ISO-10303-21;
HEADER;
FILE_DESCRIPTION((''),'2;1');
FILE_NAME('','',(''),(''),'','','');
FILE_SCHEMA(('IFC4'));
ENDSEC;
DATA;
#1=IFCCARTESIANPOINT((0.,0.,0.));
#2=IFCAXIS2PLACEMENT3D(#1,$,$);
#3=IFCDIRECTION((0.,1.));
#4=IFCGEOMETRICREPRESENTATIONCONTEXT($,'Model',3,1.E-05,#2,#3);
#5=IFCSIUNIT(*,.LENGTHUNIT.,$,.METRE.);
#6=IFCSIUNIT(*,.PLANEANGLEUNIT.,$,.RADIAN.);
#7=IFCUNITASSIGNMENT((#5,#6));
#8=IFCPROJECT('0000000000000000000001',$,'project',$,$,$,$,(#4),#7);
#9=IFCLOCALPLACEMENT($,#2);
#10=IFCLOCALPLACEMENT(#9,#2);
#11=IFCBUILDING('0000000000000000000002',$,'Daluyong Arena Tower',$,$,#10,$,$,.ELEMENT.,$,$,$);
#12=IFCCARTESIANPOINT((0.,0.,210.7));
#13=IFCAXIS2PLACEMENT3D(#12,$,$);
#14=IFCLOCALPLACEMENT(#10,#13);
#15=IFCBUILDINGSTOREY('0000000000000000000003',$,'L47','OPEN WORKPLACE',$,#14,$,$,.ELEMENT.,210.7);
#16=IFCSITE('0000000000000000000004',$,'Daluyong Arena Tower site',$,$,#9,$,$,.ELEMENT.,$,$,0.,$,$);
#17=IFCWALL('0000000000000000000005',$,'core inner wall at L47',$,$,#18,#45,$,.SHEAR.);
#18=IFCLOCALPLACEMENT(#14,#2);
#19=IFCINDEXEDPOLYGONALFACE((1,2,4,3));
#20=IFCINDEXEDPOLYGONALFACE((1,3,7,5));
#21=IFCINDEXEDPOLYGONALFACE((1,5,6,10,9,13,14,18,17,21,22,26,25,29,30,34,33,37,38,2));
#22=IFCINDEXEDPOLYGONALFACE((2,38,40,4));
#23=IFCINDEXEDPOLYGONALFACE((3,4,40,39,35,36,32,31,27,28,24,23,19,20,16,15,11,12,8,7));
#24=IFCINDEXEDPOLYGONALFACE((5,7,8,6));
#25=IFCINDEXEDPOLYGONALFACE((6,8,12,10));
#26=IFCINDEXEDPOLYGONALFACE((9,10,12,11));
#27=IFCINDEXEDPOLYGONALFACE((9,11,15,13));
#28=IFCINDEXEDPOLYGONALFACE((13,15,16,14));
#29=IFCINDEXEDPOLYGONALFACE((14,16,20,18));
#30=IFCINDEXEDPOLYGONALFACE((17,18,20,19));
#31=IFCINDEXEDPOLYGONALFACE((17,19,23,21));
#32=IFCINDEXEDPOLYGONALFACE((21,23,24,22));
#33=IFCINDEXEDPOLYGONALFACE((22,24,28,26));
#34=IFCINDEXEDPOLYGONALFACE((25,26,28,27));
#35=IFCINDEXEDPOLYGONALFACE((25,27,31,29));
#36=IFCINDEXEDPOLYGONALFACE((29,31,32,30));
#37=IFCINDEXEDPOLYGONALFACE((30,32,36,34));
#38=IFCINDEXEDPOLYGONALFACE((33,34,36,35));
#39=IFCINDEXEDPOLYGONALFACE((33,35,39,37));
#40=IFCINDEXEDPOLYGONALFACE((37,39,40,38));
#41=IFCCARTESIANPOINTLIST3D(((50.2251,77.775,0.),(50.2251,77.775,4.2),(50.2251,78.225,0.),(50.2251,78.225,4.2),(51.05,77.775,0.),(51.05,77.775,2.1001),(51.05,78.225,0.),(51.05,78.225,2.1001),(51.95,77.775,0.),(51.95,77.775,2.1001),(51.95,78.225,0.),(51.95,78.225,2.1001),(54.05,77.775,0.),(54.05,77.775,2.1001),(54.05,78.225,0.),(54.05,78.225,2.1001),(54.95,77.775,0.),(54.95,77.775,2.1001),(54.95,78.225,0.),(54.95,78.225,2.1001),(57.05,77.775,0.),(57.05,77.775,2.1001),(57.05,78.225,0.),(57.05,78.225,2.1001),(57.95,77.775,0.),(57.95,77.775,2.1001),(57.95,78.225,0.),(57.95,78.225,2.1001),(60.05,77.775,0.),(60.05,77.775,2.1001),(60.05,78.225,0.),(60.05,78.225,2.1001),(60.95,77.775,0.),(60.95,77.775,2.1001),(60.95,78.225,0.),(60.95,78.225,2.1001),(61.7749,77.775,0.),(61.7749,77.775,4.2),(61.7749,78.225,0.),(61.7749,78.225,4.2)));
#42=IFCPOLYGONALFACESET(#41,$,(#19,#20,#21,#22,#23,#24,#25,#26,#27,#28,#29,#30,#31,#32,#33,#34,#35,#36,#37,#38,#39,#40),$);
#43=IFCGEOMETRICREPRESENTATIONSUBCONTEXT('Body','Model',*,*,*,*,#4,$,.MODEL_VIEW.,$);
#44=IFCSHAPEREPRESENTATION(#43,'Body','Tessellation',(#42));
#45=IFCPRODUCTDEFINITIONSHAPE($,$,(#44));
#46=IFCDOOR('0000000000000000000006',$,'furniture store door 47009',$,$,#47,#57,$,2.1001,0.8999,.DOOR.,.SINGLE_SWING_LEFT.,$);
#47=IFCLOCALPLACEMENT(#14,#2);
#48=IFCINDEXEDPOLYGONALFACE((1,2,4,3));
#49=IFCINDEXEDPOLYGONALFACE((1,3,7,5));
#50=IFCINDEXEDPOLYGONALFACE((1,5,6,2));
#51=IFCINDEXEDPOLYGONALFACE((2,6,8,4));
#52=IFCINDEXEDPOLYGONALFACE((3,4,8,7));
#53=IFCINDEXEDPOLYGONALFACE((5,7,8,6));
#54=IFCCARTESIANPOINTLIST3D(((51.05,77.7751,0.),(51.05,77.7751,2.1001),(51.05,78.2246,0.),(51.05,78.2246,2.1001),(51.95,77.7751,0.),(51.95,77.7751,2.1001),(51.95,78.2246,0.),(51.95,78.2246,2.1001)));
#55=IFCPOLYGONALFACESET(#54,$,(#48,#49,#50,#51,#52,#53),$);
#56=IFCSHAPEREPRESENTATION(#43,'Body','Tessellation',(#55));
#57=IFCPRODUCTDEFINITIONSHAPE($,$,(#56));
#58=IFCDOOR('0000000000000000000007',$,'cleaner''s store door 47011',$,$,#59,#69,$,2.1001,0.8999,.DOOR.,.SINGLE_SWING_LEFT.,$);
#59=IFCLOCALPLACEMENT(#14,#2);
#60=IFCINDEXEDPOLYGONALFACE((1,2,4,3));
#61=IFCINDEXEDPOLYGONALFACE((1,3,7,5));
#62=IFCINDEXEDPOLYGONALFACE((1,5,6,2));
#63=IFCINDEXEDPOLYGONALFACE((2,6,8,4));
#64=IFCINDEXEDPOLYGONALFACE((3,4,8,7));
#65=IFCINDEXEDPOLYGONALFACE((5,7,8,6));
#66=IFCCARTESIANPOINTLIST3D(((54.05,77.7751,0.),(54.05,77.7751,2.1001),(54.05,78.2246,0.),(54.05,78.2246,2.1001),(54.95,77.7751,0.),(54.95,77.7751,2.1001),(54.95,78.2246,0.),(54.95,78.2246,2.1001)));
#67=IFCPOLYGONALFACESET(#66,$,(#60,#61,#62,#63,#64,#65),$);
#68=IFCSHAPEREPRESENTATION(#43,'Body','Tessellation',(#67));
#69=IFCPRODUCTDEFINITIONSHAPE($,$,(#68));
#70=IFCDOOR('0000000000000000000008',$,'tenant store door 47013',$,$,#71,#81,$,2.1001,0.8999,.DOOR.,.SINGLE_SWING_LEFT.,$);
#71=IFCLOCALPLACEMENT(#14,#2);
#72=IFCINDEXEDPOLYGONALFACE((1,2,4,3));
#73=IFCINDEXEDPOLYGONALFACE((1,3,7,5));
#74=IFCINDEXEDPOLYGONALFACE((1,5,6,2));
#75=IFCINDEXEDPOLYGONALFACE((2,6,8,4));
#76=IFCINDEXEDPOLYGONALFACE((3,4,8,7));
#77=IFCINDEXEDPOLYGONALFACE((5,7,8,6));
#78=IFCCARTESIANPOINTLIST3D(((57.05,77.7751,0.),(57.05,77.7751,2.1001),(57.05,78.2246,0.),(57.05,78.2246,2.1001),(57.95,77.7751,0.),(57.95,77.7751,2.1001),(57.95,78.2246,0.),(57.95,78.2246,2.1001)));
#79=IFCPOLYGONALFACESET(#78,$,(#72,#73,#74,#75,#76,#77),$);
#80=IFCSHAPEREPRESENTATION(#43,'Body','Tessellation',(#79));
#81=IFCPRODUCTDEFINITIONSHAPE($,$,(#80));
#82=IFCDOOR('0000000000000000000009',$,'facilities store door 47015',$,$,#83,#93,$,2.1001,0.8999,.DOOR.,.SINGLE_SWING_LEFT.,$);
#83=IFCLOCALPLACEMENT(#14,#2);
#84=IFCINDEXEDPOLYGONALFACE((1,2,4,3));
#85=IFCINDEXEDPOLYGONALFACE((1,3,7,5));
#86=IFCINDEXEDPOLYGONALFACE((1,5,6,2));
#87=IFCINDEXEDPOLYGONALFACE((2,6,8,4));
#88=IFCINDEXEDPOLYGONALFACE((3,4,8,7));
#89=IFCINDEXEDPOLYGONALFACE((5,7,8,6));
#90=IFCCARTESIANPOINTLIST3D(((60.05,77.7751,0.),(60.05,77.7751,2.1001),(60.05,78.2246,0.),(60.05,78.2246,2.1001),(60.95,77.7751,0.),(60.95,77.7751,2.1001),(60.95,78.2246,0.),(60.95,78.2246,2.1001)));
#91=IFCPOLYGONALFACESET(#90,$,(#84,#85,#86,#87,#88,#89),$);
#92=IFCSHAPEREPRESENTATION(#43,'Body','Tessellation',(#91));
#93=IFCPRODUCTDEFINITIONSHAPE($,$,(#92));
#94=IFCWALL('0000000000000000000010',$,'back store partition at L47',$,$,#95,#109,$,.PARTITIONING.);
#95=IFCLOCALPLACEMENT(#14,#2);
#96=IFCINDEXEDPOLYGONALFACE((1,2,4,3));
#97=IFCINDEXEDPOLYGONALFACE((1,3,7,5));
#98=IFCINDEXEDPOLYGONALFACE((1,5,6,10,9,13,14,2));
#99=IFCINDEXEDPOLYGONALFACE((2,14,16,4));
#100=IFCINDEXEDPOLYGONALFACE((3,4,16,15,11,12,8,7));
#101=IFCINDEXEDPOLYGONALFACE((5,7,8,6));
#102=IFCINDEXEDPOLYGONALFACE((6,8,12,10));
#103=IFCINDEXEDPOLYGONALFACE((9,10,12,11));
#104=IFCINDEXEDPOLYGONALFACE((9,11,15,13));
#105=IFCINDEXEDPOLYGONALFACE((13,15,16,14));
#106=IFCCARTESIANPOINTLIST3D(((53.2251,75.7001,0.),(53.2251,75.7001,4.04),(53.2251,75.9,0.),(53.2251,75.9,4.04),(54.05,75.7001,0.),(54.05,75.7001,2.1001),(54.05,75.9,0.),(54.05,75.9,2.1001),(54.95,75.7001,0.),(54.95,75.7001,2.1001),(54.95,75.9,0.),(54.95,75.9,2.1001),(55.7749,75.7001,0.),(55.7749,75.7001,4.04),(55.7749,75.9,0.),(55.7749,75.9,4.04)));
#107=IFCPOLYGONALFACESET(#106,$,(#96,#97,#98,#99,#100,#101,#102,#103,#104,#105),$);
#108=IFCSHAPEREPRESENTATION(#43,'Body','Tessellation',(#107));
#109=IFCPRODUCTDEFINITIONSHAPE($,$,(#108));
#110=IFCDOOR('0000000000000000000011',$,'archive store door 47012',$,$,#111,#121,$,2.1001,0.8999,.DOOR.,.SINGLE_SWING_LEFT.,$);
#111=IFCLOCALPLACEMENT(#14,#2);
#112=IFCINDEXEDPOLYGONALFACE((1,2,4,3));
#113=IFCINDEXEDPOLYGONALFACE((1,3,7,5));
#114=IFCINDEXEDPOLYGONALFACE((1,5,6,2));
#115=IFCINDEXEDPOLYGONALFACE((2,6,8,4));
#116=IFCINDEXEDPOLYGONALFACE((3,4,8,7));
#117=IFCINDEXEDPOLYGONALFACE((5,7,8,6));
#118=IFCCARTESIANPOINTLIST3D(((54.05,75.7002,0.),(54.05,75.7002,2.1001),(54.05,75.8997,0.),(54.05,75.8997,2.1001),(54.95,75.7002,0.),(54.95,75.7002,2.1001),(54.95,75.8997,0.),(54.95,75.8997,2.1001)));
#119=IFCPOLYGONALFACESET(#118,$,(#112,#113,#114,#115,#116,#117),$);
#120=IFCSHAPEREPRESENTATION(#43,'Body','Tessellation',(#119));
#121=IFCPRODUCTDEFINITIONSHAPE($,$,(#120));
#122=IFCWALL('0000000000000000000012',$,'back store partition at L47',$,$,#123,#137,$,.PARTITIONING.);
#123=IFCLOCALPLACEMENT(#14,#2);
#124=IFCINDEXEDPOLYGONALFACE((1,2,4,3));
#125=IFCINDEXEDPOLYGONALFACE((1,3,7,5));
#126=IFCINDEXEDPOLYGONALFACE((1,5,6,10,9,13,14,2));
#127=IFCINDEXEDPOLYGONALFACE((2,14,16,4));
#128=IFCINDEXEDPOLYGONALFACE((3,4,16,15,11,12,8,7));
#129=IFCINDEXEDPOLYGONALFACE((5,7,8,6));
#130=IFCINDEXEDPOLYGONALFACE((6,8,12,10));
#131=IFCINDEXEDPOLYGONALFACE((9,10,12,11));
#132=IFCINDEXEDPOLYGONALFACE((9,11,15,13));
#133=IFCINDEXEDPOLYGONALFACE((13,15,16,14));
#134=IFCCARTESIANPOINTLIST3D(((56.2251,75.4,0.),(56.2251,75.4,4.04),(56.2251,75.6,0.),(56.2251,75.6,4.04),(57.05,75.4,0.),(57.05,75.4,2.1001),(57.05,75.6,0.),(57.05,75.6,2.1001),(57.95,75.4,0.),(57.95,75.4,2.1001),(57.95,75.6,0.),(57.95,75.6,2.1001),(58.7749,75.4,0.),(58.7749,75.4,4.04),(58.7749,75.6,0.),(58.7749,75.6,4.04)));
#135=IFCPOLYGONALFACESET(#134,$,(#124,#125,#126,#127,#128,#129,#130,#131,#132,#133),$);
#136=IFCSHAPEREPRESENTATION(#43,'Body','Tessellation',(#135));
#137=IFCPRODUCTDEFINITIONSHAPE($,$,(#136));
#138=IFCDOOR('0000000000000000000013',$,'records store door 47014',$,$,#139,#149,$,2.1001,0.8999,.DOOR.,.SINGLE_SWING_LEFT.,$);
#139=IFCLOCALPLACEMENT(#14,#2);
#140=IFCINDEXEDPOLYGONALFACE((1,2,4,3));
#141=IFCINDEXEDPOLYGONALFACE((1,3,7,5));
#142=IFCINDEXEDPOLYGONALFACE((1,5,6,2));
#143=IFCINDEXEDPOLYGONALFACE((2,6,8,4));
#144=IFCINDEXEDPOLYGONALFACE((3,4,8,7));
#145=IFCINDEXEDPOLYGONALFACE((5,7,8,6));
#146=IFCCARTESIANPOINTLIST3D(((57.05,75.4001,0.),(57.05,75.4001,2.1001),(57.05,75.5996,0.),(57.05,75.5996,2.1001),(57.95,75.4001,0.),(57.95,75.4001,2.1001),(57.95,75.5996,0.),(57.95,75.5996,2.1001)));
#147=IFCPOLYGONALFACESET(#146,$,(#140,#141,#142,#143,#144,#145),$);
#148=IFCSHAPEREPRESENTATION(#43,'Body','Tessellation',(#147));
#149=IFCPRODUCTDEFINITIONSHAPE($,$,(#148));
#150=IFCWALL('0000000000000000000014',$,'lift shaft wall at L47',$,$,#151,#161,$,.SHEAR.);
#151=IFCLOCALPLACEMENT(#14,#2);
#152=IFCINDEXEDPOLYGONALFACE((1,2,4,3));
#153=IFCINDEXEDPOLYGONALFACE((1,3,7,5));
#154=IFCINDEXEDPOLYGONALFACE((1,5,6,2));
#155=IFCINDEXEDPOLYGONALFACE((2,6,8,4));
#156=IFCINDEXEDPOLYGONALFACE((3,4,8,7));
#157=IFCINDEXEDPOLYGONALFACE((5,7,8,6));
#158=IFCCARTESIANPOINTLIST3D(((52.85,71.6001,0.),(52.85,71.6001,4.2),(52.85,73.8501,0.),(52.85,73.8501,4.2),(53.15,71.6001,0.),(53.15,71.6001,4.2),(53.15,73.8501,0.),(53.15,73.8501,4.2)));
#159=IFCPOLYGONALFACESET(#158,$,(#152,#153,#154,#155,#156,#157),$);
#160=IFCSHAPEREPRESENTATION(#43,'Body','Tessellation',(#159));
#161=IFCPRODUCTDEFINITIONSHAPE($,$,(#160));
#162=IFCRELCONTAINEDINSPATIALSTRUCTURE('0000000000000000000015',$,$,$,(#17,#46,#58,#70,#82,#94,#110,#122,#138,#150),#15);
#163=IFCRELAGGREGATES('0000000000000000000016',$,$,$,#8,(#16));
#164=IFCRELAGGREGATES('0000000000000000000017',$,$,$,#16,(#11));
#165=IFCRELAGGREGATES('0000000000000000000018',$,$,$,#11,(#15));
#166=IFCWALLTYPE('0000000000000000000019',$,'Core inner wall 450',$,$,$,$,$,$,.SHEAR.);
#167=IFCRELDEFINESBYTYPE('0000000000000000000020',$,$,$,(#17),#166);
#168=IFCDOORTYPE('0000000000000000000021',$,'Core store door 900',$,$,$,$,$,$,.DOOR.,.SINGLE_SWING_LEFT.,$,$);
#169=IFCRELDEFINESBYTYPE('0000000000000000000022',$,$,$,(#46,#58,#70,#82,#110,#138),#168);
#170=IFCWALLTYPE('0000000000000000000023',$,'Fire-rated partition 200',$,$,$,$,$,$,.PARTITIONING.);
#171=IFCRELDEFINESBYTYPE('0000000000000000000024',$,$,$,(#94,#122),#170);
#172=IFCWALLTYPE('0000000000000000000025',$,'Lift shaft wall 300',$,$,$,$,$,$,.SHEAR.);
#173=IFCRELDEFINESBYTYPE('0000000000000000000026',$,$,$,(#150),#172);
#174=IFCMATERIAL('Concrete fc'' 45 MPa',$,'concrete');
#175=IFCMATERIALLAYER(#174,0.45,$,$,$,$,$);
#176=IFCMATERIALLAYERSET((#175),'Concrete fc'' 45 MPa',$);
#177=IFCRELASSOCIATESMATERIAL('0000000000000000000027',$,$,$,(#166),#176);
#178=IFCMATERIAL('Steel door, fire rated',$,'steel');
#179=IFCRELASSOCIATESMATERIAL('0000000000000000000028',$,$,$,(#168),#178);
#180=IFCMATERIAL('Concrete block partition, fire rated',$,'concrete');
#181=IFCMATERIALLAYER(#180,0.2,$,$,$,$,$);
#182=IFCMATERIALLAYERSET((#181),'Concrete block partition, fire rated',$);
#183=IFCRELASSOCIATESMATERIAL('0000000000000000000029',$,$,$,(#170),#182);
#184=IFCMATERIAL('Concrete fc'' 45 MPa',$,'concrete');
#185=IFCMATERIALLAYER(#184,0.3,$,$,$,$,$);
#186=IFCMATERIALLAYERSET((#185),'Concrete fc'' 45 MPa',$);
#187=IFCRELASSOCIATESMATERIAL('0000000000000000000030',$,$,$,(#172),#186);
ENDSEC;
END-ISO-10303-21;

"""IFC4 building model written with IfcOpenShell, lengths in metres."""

from ifc_helpers import new_model, si_unit, direction, frame, frame_2d, origin, place, context, subcontext, project, spatial, rectangle, extrude, material, layer, layer_set, type_object, element, fill, save


model = new_model("IFC4")

# Units and contexts
model_context = context("Model", 3, precision=1e-05, world=origin(), true_north=direction((0.0, 1.0)))
body_context = subcontext(model_context, "Body", "Model", "MODEL_VIEW")
ifc_project = project(units=[si_unit("LENGTHUNIT", "METRE"), si_unit("PLANEANGLEUNIT", "RADIAN")], contexts=[model_context])

# Site, building, storey
site_placement = place(None, origin())
site = spatial("IfcSite", under=ifc_project, at=site_placement, Name="Daluyong Arena Tower site", CompositionType="ELEMENT", RefElevation=0.0)
building_placement = place(site_placement, origin())
building = spatial("IfcBuilding", under=site, at=building_placement, Name="Daluyong Arena Tower", CompositionType="ELEMENT")
storey_placement = place(building_placement, frame((0.0, 0.0, 210.7)))
storey = spatial("IfcBuildingStorey", under=building, at=storey_placement, Name="L47", Description="OPEN WORKPLACE", CompositionType="ELEMENT", Elevation=210.7)

# Shared definitions
ifc_material_1 = material(Name="Concrete fc' 45 MPa", Category="concrete")
ifc_layer_1 = layer(ifc_material_1, 0.45)
ifc_layer_set_1 = layer_set([ifc_layer_1], Name="Concrete fc' 45 MPa")
wall_type_1 = type_object("IfcWallType", Name="Core inner wall 450", PredefinedType="SHEAR", material=ifc_layer_set_1)

# Wall, openings, doors
wall_1_placement = place(storey_placement, frame((50.2251, 78.0, 0.0), z_axis=(0.0, 0.0, 1.0), x_axis=(1.0, 0.0, 0.0)))
wall_1 = element("IfcWall", 1, at=wall_1_placement, inside=storey, type_object=wall_type_1, Name="core inner wall at L47", PredefinedType="SHEAR", context=body_context, shape_type="SweptSolid", body=[
    extrude(rectangle(XDim=11.5498, YDim=0.45, at=frame_2d((5.7749, 0.0))), origin(), (0.0, 0.0, 1.0), 4.2),
])
opening_1_placement = place(wall_1_placement, frame((0.825, 0.0, 0.0)))
opening_1 = element("IfcOpeningElement", 2, at=opening_1_placement, cuts=wall_1, PredefinedType="OPENING", context=body_context, shape_type="SweptSolid", body=[
    extrude(rectangle(XDim=0.8999, YDim=2.1001, at=frame_2d((0.45, 1.05))), frame((0.0, 0.2349, 0.0), z_axis=(0.0, -1.0, 0.0), x_axis=(1.0, 0.0, 0.0)), (0.0, 0.0, 1.0), 0.47),
])
opening_2_placement = place(wall_1_placement, frame((3.825, 0.0, 0.0)))
opening_2 = element("IfcOpeningElement", 3, at=opening_2_placement, cuts=wall_1, PredefinedType="OPENING", context=body_context, shape_type="SweptSolid", body=[
    extrude(rectangle(XDim=0.8999, YDim=2.1001, at=frame_2d((0.45, 1.05))), frame((0.0, 0.2349, 0.0), z_axis=(0.0, -1.0, 0.0), x_axis=(1.0, 0.0, 0.0)), (0.0, 0.0, 1.0), 0.47),
])
opening_3_placement = place(wall_1_placement, frame((6.825, 0.0, 0.0)))
opening_3 = element("IfcOpeningElement", 4, at=opening_3_placement, cuts=wall_1, PredefinedType="OPENING", context=body_context, shape_type="SweptSolid", body=[
    extrude(rectangle(XDim=0.8999, YDim=2.1001, at=frame_2d((0.45, 1.05))), frame((0.0, 0.2349, 0.0), z_axis=(0.0, -1.0, 0.0), x_axis=(1.0, 0.0, 0.0)), (0.0, 0.0, 1.0), 0.47),
])
opening_4_placement = place(wall_1_placement, frame((9.825, 0.0, 0.0)))
opening_4 = element("IfcOpeningElement", 5, at=opening_4_placement, cuts=wall_1, PredefinedType="OPENING", context=body_context, shape_type="SweptSolid", body=[
    extrude(rectangle(XDim=0.8999, YDim=2.1001, at=frame_2d((0.45, 1.05))), frame((0.0, 0.2349, 0.0), z_axis=(0.0, -1.0, 0.0), x_axis=(1.0, 0.0, 0.0)), (0.0, 0.0, 1.0), 0.47),
])
ifc_material_2 = material(Name="Steel door, fire rated", Category="steel")
door_type_1 = type_object("IfcDoorType", Name="Core store door 900", OperationType="SINGLE_SWING_LEFT", PredefinedType="DOOR", material=ifc_material_2)
door_1_placement = place(opening_1_placement, origin())
door_1 = element("IfcDoor", 6, at=door_1_placement, inside=storey, type_object=door_type_1, Name="furniture store door 47009", OperationType="SINGLE_SWING_LEFT", OverallHeight=2.1001, OverallWidth=0.8999, PredefinedType="DOOR", context=body_context, shape_type="SweptSolid", body=[
    extrude(rectangle(XDim=0.8999, YDim=2.1001, at=frame_2d((0.45, 1.05))), frame((0.0, 0.2246, 0.0), z_axis=(0.0, -1.0, 0.0), x_axis=(1.0, 0.0, 0.0)), (0.0, 0.0, 1.0), 0.4495),
])
fill(opening_1, door_1)
door_2_placement = place(opening_2_placement, origin())
door_2 = element("IfcDoor", 7, at=door_2_placement, inside=storey, type_object=door_type_1, Name="cleaner's store door 47011", OperationType="SINGLE_SWING_LEFT", OverallHeight=2.1001, OverallWidth=0.8999, PredefinedType="DOOR", context=body_context, shape_type="SweptSolid", body=[
    extrude(rectangle(XDim=0.8999, YDim=2.1001, at=frame_2d((0.45, 1.05))), frame((0.0, 0.2246, 0.0), z_axis=(0.0, -1.0, 0.0), x_axis=(1.0, 0.0, 0.0)), (0.0, 0.0, 1.0), 0.4495),
])
fill(opening_2, door_2)
door_3_placement = place(opening_3_placement, origin())
door_3 = element("IfcDoor", 8, at=door_3_placement, inside=storey, type_object=door_type_1, Name="tenant store door 47013", OperationType="SINGLE_SWING_LEFT", OverallHeight=2.1001, OverallWidth=0.8999, PredefinedType="DOOR", context=body_context, shape_type="SweptSolid", body=[
    extrude(rectangle(XDim=0.8999, YDim=2.1001, at=frame_2d((0.45, 1.05))), frame((0.0, 0.2246, 0.0), z_axis=(0.0, -1.0, 0.0), x_axis=(1.0, 0.0, 0.0)), (0.0, 0.0, 1.0), 0.4495),
])
fill(opening_3, door_3)
door_4_placement = place(opening_4_placement, origin())
door_4 = element("IfcDoor", 9, at=door_4_placement, inside=storey, type_object=door_type_1, Name="facilities store door 47015", OperationType="SINGLE_SWING_LEFT", OverallHeight=2.1001, OverallWidth=0.8999, PredefinedType="DOOR", context=body_context, shape_type="SweptSolid", body=[
    extrude(rectangle(XDim=0.8999, YDim=2.1001, at=frame_2d((0.45, 1.05))), frame((0.0, 0.2246, 0.0), z_axis=(0.0, -1.0, 0.0), x_axis=(1.0, 0.0, 0.0)), (0.0, 0.0, 1.0), 0.4495),
])
fill(opening_4, door_4)

# Walls, openings, doors
ifc_material_3 = material(Name="Concrete block partition, fire rated", Category="concrete")
ifc_layer_2 = layer(ifc_material_3, 0.2)
ifc_layer_set_2 = layer_set([ifc_layer_2], Name="Concrete block partition, fire rated")
wall_type_2 = type_object("IfcWallType", Name="Fire-rated partition 200", PredefinedType="PARTITIONING", material=ifc_layer_set_2)
wall_2_placement = place(storey_placement, frame((53.2251, 75.8, 0.0), z_axis=(0.0, 0.0, 1.0), x_axis=(1.0, 0.0, 0.0)))
wall_2 = element("IfcWall", 10, at=wall_2_placement, inside=storey, type_object=wall_type_2, Name="back store partition at L47", PredefinedType="PARTITIONING", context=body_context, shape_type="SweptSolid", body=[
    extrude(rectangle(XDim=2.5498, YDim=0.2, at=frame_2d((1.2749, 0.0))), origin(), (0.0, 0.0, 1.0), 4.04),
])
opening_5_placement = place(wall_2_placement, frame((0.825, 0.0, 0.0)))
opening_5 = element("IfcOpeningElement", 11, at=opening_5_placement, cuts=wall_2, PredefinedType="OPENING", context=body_context, shape_type="SweptSolid", body=[
    extrude(rectangle(XDim=0.8999, YDim=2.1001, at=frame_2d((0.45, 1.05))), frame((0.0, 0.1099, 0.0), z_axis=(0.0, -1.0, 0.0), x_axis=(1.0, 0.0, 0.0)), (0.0, 0.0, 1.0), 0.22),
])
door_5_placement = place(opening_5_placement, origin())
door_5 = element("IfcDoor", 12, at=door_5_placement, inside=storey, type_object=door_type_1, Name="archive store door 47012", OperationType="SINGLE_SWING_LEFT", OverallHeight=2.1001, OverallWidth=0.8999, PredefinedType="DOOR", context=body_context, shape_type="SweptSolid", body=[
    extrude(rectangle(XDim=0.8999, YDim=2.1001, at=frame_2d((0.45, 1.05))), frame((0.0, 0.0996, 0.0), z_axis=(0.0, -1.0, 0.0), x_axis=(1.0, 0.0, 0.0)), (0.0, 0.0, 1.0), 0.1995),
])
fill(opening_5, door_5)
wall_3_placement = place(storey_placement, frame((56.2251, 75.5, 0.0), z_axis=(0.0, 0.0, 1.0), x_axis=(1.0, 0.0, 0.0)))
wall_3 = element("IfcWall", 13, at=wall_3_placement, inside=storey, type_object=wall_type_2, Name="back store partition at L47", PredefinedType="PARTITIONING", context=body_context, shape_type="SweptSolid", body=[
    extrude(rectangle(XDim=2.5498, YDim=0.2, at=frame_2d((1.2749, 0.0))), origin(), (0.0, 0.0, 1.0), 4.04),
])
opening_6_placement = place(wall_3_placement, frame((0.825, 0.0, 0.0)))
opening_6 = element("IfcOpeningElement", 14, at=opening_6_placement, cuts=wall_3, PredefinedType="OPENING", context=body_context, shape_type="SweptSolid", body=[
    extrude(rectangle(XDim=0.8999, YDim=2.1001, at=frame_2d((0.45, 1.05))), frame((0.0, 0.1099, 0.0), z_axis=(0.0, -1.0, 0.0), x_axis=(1.0, 0.0, 0.0)), (0.0, 0.0, 1.0), 0.22),
])
door_6_placement = place(opening_6_placement, origin())
door_6 = element("IfcDoor", 15, at=door_6_placement, inside=storey, type_object=door_type_1, Name="records store door 47014", OperationType="SINGLE_SWING_LEFT", OverallHeight=2.1001, OverallWidth=0.8999, PredefinedType="DOOR", context=body_context, shape_type="SweptSolid", body=[
    extrude(rectangle(XDim=0.8999, YDim=2.1001, at=frame_2d((0.45, 1.05))), frame((0.0, 0.0996, 0.0), z_axis=(0.0, -1.0, 0.0), x_axis=(1.0, 0.0, 0.0)), (0.0, 0.0, 1.0), 0.1995),
])
fill(opening_6, door_6)

# Wall
ifc_material_4 = material(Name="Concrete fc' 45 MPa", Category="concrete")
ifc_layer_3 = layer(ifc_material_4, 0.3)
ifc_layer_set_3 = layer_set([ifc_layer_3], Name="Concrete fc' 45 MPa")
wall_type_3 = type_object("IfcWallType", Name="Lift shaft wall 300", PredefinedType="SHEAR", material=ifc_layer_set_3)
wall_4_placement = place(storey_placement, frame((53.0, 71.6001, 0.0), z_axis=(0.0, 0.0, 1.0), x_axis=(0.0, 1.0, 0.0)))
element("IfcWall", 16, at=wall_4_placement, inside=storey, type_object=wall_type_3, Name="lift shaft wall at L47", PredefinedType="SHEAR", context=body_context, shape_type="SweptSolid", body=[
    extrude(rectangle(XDim=2.25, YDim=0.3, at=frame_2d((1.125, 0.0))), origin(), (0.0, 0.0, 1.0), 4.2),
])

save(model, "model.ifc")
